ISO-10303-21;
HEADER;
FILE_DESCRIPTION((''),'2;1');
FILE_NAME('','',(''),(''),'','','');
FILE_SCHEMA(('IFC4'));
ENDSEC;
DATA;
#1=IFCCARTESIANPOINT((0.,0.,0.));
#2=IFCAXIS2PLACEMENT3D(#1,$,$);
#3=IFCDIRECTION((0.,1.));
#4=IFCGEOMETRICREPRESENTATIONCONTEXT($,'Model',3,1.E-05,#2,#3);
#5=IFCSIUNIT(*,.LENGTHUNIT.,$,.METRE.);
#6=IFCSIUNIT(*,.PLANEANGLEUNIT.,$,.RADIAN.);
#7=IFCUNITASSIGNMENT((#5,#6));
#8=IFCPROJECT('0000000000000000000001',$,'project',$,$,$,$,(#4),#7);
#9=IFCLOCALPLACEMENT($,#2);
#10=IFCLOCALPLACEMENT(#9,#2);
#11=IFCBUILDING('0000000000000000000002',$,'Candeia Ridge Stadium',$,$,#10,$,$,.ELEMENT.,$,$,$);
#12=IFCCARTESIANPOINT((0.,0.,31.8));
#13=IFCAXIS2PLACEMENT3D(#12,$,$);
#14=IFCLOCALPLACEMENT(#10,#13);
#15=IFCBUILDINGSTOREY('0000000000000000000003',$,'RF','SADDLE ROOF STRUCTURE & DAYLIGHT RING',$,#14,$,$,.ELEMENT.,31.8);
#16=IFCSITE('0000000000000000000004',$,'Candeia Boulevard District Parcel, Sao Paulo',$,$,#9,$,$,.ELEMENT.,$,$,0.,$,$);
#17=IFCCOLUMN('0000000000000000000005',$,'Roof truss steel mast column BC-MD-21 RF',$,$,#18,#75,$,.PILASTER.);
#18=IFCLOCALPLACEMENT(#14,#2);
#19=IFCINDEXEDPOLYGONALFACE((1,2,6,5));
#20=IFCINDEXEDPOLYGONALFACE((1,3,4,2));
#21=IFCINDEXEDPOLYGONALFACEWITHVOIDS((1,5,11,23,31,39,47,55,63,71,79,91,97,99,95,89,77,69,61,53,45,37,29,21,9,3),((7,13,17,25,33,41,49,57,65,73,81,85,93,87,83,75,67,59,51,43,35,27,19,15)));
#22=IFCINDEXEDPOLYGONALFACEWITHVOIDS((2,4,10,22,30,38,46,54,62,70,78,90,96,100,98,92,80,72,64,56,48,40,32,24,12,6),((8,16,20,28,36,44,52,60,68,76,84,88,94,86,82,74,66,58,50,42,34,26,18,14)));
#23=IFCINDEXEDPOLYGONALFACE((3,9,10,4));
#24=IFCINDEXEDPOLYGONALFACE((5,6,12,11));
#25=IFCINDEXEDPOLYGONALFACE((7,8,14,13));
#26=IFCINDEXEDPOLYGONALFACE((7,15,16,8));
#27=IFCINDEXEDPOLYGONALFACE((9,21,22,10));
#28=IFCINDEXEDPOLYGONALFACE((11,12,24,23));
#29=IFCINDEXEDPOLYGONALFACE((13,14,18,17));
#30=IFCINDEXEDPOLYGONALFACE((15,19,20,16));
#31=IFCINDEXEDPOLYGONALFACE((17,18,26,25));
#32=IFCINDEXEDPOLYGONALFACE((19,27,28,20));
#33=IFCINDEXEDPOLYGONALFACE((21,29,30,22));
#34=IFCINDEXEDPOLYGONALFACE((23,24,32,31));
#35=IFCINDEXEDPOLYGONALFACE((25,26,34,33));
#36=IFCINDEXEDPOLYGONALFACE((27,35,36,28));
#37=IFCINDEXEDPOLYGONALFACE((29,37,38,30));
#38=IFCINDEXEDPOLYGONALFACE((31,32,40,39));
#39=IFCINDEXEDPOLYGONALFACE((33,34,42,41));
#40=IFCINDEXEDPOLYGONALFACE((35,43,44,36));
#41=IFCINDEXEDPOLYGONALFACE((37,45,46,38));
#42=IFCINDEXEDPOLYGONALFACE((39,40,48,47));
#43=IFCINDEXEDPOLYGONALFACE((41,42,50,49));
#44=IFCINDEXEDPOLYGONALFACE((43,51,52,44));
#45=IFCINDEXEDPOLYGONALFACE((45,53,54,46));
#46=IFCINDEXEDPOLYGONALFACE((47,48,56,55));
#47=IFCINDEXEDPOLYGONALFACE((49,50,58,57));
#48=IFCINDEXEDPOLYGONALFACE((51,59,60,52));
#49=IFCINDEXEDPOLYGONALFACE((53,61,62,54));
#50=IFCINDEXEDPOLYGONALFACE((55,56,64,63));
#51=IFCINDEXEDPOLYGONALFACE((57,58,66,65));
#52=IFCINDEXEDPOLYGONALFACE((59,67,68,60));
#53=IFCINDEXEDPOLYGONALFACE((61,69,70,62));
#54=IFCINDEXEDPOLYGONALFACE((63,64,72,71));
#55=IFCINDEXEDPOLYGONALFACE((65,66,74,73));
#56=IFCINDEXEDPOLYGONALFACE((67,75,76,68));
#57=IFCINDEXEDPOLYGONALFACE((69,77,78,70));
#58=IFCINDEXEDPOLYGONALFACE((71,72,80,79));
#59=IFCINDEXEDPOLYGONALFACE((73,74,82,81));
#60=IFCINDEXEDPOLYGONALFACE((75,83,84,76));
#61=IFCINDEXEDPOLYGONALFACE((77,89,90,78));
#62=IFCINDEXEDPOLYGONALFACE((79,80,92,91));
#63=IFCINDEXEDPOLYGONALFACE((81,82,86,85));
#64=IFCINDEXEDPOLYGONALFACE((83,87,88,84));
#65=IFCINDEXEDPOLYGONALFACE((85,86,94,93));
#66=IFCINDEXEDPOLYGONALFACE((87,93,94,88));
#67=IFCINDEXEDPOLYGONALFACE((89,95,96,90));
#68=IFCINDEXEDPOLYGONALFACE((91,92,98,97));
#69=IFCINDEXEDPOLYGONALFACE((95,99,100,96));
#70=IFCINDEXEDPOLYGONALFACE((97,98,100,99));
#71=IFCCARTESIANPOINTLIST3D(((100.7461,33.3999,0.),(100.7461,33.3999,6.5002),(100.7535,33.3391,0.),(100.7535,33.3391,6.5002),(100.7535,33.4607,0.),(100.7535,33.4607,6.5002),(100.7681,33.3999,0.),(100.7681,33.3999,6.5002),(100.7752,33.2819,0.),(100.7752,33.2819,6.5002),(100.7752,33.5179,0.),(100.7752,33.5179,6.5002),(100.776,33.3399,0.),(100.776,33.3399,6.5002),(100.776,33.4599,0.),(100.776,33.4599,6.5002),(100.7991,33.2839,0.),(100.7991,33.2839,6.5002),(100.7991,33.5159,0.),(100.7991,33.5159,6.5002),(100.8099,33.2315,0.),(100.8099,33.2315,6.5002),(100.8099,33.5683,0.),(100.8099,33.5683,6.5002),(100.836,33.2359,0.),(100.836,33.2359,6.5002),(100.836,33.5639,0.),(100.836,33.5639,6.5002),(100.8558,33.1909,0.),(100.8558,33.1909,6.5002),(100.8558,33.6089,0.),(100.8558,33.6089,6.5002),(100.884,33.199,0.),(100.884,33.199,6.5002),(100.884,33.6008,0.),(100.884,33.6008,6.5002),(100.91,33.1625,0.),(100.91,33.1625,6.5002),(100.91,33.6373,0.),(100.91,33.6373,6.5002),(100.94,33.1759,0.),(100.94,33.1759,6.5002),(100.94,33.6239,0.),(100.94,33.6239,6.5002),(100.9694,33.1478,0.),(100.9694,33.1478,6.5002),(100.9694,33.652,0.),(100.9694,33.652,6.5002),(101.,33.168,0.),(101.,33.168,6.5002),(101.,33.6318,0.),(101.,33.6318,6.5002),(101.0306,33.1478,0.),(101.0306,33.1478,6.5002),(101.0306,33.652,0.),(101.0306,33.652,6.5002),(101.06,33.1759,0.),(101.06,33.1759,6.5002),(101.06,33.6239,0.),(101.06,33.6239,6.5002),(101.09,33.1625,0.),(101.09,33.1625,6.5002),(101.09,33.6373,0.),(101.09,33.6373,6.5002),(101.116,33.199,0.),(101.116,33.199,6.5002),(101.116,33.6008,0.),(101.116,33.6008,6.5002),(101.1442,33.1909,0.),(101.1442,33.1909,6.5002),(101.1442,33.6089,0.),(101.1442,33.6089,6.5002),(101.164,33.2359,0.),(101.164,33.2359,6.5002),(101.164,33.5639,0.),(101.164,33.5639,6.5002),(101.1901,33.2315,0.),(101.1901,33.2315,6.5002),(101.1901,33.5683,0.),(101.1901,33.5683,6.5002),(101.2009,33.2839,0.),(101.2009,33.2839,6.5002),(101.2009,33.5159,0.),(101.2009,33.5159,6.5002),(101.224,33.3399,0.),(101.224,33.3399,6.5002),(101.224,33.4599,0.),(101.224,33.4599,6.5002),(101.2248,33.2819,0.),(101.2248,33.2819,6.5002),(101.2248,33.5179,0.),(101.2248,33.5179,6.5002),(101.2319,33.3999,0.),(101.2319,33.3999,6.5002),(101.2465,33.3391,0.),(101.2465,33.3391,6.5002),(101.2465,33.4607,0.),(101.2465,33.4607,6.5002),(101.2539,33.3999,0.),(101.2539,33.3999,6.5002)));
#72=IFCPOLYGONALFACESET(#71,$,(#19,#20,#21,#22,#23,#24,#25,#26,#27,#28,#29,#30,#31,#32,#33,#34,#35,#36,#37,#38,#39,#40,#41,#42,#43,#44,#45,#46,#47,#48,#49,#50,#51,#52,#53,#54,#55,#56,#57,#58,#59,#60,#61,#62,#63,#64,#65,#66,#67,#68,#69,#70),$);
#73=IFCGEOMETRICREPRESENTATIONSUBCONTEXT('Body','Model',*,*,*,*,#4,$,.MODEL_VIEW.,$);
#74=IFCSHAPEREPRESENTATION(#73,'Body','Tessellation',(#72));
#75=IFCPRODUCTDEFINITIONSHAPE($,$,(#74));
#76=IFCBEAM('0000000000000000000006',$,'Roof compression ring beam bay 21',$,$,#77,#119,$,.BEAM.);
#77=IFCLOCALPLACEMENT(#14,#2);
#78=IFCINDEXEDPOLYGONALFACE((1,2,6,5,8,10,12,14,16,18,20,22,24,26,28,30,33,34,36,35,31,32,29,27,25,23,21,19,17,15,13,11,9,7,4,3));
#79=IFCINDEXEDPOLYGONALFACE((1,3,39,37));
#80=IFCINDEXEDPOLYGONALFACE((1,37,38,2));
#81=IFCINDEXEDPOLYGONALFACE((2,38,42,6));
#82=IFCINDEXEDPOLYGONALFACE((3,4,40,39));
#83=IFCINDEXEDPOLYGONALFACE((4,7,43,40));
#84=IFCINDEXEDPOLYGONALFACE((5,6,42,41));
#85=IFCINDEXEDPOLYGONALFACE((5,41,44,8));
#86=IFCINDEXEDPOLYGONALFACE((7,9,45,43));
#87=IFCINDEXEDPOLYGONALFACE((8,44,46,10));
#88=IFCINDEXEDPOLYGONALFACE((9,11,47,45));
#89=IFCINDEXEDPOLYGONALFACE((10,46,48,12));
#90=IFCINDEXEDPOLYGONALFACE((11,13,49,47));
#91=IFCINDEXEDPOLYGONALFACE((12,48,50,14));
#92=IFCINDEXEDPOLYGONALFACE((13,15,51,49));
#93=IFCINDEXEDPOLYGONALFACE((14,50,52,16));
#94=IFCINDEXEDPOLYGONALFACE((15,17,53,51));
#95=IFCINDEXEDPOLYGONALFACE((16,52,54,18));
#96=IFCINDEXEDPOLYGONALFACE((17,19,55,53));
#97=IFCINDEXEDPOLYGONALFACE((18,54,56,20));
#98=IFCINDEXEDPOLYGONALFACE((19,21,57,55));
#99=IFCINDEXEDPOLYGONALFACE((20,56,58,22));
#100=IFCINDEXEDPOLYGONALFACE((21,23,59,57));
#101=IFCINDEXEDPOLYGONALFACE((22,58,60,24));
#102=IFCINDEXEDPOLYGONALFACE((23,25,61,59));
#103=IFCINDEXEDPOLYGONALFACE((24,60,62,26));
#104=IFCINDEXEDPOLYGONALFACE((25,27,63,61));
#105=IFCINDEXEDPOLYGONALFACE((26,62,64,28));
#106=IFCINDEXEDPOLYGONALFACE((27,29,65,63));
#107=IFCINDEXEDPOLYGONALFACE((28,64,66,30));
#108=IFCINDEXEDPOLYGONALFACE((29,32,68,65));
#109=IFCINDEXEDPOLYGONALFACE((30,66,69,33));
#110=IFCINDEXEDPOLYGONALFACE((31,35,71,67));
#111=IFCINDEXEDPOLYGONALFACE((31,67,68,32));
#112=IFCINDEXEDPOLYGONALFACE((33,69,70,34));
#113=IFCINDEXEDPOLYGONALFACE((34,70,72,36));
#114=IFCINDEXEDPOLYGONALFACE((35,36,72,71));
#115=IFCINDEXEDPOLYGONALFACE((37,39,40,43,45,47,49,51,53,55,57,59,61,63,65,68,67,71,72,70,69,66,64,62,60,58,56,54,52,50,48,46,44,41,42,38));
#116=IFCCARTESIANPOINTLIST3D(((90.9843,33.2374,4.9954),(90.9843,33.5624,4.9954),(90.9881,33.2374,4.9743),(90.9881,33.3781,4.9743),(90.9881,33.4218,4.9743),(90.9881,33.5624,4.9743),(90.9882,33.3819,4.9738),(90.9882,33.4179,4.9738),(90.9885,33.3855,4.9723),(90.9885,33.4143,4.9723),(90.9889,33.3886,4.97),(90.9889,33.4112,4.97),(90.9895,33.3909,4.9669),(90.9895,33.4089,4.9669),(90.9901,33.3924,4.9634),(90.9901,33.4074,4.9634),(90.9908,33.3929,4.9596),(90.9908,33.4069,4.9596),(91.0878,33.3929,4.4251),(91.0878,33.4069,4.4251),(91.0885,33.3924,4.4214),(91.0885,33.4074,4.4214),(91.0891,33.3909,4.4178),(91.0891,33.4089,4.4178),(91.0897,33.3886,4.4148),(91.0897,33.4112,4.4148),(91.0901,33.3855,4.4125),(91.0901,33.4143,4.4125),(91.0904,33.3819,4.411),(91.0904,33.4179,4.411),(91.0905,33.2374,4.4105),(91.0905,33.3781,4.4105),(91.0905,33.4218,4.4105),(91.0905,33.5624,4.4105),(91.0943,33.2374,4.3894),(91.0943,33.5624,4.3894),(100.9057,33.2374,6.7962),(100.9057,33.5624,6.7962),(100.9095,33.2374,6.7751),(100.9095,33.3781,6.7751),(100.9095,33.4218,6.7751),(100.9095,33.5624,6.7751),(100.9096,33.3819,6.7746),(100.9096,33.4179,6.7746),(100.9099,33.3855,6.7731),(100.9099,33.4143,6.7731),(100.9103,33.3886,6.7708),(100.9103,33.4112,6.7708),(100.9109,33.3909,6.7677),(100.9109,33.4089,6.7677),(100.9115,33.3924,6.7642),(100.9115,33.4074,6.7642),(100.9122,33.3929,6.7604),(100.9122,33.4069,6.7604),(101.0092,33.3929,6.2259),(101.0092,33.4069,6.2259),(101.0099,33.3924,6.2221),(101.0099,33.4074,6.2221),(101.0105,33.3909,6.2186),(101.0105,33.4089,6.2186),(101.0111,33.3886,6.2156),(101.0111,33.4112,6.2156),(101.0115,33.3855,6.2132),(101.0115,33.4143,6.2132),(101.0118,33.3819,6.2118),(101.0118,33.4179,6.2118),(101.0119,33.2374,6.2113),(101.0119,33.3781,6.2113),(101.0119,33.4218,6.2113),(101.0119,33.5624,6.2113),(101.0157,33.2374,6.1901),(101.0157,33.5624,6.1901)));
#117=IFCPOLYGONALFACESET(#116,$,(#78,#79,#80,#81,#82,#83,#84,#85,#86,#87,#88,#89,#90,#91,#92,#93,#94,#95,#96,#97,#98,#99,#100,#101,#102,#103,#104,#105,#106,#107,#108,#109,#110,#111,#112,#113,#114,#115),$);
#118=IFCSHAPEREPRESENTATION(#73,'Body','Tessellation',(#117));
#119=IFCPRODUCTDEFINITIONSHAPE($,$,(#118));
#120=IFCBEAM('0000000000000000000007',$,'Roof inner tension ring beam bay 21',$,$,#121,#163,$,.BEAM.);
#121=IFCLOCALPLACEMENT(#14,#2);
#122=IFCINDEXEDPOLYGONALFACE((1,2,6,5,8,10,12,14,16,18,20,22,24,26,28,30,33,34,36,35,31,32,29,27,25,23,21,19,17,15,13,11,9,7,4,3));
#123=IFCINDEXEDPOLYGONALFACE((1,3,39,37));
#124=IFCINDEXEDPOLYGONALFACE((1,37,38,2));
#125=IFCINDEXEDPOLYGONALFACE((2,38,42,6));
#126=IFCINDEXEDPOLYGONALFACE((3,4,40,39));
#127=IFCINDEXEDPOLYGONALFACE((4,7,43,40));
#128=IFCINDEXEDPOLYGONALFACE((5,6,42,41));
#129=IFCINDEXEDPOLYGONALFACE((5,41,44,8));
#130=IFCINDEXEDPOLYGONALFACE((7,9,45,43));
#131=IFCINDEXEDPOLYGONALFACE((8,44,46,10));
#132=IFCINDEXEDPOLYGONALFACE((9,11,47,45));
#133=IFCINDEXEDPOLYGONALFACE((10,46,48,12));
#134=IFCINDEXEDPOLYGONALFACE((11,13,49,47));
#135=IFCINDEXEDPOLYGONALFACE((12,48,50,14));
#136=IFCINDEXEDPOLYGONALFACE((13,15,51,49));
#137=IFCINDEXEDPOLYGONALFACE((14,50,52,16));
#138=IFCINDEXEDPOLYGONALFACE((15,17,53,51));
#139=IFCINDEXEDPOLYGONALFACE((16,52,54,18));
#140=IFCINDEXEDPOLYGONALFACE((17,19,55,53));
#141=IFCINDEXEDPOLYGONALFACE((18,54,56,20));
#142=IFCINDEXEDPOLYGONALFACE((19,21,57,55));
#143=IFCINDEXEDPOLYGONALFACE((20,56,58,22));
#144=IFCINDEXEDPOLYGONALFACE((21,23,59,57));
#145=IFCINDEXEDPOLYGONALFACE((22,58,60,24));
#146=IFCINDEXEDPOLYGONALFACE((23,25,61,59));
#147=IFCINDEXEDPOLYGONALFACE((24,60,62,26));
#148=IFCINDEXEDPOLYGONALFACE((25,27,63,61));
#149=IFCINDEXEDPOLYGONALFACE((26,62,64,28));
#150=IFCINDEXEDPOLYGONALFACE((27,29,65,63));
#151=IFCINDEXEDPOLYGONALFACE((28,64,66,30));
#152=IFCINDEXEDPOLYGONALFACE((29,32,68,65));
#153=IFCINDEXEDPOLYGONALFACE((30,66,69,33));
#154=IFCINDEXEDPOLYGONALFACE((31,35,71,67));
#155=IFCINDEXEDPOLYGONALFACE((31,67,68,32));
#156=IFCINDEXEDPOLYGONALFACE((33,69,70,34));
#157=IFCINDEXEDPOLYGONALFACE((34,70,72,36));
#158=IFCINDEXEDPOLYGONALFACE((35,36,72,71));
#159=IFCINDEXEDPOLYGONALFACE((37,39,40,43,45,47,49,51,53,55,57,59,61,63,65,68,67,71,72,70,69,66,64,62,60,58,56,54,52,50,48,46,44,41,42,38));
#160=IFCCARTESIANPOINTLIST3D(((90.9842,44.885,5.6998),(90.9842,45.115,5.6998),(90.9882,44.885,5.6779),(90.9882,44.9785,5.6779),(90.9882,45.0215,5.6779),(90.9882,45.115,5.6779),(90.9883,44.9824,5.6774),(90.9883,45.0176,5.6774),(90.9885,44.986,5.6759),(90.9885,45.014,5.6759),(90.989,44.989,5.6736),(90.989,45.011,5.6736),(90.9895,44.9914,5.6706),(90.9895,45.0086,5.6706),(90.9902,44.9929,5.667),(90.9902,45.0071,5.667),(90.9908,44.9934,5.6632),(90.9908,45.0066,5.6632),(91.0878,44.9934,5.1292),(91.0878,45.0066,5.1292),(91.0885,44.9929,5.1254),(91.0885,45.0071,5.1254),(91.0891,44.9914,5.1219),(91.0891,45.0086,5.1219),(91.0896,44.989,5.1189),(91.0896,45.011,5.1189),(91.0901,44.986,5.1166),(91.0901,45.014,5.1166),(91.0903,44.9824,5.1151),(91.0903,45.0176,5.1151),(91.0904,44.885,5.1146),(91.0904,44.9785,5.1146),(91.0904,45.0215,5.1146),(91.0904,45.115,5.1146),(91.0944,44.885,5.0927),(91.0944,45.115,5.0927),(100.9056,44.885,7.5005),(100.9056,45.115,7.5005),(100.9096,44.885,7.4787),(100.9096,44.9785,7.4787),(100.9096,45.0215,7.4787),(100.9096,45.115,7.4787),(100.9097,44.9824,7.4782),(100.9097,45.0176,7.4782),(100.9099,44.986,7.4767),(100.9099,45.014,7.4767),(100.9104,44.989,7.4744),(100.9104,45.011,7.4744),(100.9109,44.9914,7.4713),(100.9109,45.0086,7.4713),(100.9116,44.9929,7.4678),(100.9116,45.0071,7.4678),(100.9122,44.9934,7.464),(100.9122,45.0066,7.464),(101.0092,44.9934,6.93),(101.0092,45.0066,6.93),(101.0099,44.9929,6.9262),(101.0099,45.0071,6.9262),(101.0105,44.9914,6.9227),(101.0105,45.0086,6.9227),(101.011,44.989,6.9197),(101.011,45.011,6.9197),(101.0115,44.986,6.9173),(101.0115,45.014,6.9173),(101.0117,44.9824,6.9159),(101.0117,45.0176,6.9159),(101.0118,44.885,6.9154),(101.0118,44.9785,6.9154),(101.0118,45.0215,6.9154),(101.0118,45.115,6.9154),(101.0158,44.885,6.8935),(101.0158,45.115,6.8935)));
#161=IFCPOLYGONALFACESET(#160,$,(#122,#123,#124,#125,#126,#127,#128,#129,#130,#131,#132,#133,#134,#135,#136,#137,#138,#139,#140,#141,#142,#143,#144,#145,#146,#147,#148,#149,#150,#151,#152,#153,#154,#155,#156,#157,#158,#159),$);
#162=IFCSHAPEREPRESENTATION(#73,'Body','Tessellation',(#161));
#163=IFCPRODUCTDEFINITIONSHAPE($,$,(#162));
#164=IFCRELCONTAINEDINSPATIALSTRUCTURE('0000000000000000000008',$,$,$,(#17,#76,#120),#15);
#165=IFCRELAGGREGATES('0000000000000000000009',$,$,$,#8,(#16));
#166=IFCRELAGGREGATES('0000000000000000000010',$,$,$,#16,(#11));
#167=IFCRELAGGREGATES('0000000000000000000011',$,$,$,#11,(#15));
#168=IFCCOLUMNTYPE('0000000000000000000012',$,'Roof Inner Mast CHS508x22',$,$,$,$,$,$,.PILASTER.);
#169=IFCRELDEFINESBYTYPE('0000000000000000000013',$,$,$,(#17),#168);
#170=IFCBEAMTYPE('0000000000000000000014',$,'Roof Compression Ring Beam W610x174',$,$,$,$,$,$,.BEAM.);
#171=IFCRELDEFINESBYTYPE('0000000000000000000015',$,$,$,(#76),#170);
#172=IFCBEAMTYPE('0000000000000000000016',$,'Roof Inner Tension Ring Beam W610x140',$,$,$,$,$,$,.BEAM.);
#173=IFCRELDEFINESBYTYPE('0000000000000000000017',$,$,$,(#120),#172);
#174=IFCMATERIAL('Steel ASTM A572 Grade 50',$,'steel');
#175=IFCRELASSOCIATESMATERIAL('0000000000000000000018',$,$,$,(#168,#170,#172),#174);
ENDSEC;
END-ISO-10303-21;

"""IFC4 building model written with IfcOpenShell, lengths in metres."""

from ifc_helpers import new_model, si_unit, direction, frame, origin, origin_2d, place, context, subcontext, project, spatial, hollow_circle, i_section, extrude, material, material_profile, profile_set, type_object, element, save


model = new_model("IFC4")

# Units and contexts
model_context = context("Model", 3, precision=1e-05, world=origin(), true_north=direction((0.0, 1.0)))
body_context = subcontext(model_context, "Body", "Model", "MODEL_VIEW")
ifc_project = project(units=[si_unit("LENGTHUNIT", "METRE"), si_unit("PLANEANGLEUNIT", "RADIAN")], contexts=[model_context])

# Site, building, storey
site_placement = place(None, origin())
site = spatial("IfcSite", under=ifc_project, at=site_placement, Name="Candeia Boulevard District Parcel, Sao Paulo", CompositionType="ELEMENT", RefElevation=0.0)
building_placement = place(site_placement, origin())
building = spatial("IfcBuilding", under=site, at=building_placement, Name="Candeia Ridge Stadium", CompositionType="ELEMENT")
storey_placement = place(building_placement, frame((0.0, 0.0, 31.8)))
storey = spatial("IfcBuildingStorey", under=building, at=storey_placement, Name="RF", Description="SADDLE ROOF STRUCTURE & DAYLIGHT RING", CompositionType="ELEMENT", Elevation=31.8)

# Column
ifc_material_1 = material(Name="Steel ASTM A572 Grade 50", Category="steel")
ifc_material_profile_1 = material_profile(ifc_material_1, hollow_circle(Radius=0.2539, WallThickness=0.022, at=origin_2d()), Name="CHS508x22", Category="steel")
ifc_profile_set_1 = profile_set([ifc_material_profile_1], Name="Steel ASTM A572 Grade 50")
column_type = type_object("IfcColumnType", Name="Roof Inner Mast CHS508x22", PredefinedType="PILASTER", material=ifc_profile_set_1)
column_placement = place(storey_placement, frame((101.0, 33.3999, 0.0), z_axis=(0.0, 0.0, 1.0), x_axis=(1.0, 0.0, 0.0)))
element("IfcColumn", 1, at=column_placement, inside=storey, type_object=column_type, Name="Roof truss steel mast column BC-MD-21 RF", PredefinedType="PILASTER", context=body_context, shape_type="SweptSolid", body=[
    extrude(hollow_circle(Radius=0.2539, WallThickness=0.022, at=origin_2d()), origin(), (0.0, 0.0, 1.0), 6.5002),
])

# Beams
ifc_material_profile_2 = material_profile(ifc_material_1, i_section(OverallWidth=0.325, OverallDepth=0.616, WebThickness=0.0139, FlangeThickness=0.0215, FilletRadius=0.0149, at=origin_2d()), Name="W610x174", Category="steel")
ifc_profile_set_2 = profile_set([ifc_material_profile_2], Name="Steel ASTM A572 Grade 50")
beam_type_1 = type_object("IfcBeamType", Name="Roof Compression Ring Beam W610x174", PredefinedType="BEAM", material=ifc_profile_set_2)
beam_1_placement = place(storey_placement, frame((91.0393, 33.3999, 4.6924), z_axis=(0.983924, 0.0, 0.178587), x_axis=(0.0, 1.0, 0.0)))
element("IfcBeam", 2, at=beam_1_placement, inside=storey, type_object=beam_type_1, Name="Roof compression ring beam bay 21", PredefinedType="BEAM", context=body_context, shape_type="SweptSolid", body=[
    extrude(i_section(OverallWidth=0.325, OverallDepth=0.616, WebThickness=0.0139, FlangeThickness=0.0215, FilletRadius=0.0149, at=origin_2d()), origin(), (0.0, 0.0, 1.0), 10.0835),
])
ifc_material_profile_3 = material_profile(ifc_material_1, i_section(OverallWidth=0.23, OverallDepth=0.6169, WebThickness=0.0132, FlangeThickness=0.0222, FilletRadius=0.0149, at=origin_2d()), Name="W610x140", Category="steel")
ifc_profile_set_3 = profile_set([ifc_material_profile_3], Name="Steel ASTM A572 Grade 50")
beam_type_2 = type_object("IfcBeamType", Name="Roof Inner Tension Ring Beam W610x140", PredefinedType="BEAM", material=ifc_profile_set_3)
beam_2_placement = place(storey_placement, frame((91.0393, 45.0, 5.3962), z_axis=(0.983924, 0.0, 0.178587), x_axis=(0.0, 1.0, 0.0)))
element("IfcBeam", 3, at=beam_2_placement, inside=storey, type_object=beam_type_2, Name="Roof inner tension ring beam bay 21", PredefinedType="BEAM", context=body_context, shape_type="SweptSolid", body=[
    extrude(i_section(OverallWidth=0.23, OverallDepth=0.6169, WebThickness=0.0132, FlangeThickness=0.0222, FilletRadius=0.0149, at=origin_2d()), origin(), (0.0, 0.0, 1.0), 10.0835),
])

save(model, "model.ifc")
